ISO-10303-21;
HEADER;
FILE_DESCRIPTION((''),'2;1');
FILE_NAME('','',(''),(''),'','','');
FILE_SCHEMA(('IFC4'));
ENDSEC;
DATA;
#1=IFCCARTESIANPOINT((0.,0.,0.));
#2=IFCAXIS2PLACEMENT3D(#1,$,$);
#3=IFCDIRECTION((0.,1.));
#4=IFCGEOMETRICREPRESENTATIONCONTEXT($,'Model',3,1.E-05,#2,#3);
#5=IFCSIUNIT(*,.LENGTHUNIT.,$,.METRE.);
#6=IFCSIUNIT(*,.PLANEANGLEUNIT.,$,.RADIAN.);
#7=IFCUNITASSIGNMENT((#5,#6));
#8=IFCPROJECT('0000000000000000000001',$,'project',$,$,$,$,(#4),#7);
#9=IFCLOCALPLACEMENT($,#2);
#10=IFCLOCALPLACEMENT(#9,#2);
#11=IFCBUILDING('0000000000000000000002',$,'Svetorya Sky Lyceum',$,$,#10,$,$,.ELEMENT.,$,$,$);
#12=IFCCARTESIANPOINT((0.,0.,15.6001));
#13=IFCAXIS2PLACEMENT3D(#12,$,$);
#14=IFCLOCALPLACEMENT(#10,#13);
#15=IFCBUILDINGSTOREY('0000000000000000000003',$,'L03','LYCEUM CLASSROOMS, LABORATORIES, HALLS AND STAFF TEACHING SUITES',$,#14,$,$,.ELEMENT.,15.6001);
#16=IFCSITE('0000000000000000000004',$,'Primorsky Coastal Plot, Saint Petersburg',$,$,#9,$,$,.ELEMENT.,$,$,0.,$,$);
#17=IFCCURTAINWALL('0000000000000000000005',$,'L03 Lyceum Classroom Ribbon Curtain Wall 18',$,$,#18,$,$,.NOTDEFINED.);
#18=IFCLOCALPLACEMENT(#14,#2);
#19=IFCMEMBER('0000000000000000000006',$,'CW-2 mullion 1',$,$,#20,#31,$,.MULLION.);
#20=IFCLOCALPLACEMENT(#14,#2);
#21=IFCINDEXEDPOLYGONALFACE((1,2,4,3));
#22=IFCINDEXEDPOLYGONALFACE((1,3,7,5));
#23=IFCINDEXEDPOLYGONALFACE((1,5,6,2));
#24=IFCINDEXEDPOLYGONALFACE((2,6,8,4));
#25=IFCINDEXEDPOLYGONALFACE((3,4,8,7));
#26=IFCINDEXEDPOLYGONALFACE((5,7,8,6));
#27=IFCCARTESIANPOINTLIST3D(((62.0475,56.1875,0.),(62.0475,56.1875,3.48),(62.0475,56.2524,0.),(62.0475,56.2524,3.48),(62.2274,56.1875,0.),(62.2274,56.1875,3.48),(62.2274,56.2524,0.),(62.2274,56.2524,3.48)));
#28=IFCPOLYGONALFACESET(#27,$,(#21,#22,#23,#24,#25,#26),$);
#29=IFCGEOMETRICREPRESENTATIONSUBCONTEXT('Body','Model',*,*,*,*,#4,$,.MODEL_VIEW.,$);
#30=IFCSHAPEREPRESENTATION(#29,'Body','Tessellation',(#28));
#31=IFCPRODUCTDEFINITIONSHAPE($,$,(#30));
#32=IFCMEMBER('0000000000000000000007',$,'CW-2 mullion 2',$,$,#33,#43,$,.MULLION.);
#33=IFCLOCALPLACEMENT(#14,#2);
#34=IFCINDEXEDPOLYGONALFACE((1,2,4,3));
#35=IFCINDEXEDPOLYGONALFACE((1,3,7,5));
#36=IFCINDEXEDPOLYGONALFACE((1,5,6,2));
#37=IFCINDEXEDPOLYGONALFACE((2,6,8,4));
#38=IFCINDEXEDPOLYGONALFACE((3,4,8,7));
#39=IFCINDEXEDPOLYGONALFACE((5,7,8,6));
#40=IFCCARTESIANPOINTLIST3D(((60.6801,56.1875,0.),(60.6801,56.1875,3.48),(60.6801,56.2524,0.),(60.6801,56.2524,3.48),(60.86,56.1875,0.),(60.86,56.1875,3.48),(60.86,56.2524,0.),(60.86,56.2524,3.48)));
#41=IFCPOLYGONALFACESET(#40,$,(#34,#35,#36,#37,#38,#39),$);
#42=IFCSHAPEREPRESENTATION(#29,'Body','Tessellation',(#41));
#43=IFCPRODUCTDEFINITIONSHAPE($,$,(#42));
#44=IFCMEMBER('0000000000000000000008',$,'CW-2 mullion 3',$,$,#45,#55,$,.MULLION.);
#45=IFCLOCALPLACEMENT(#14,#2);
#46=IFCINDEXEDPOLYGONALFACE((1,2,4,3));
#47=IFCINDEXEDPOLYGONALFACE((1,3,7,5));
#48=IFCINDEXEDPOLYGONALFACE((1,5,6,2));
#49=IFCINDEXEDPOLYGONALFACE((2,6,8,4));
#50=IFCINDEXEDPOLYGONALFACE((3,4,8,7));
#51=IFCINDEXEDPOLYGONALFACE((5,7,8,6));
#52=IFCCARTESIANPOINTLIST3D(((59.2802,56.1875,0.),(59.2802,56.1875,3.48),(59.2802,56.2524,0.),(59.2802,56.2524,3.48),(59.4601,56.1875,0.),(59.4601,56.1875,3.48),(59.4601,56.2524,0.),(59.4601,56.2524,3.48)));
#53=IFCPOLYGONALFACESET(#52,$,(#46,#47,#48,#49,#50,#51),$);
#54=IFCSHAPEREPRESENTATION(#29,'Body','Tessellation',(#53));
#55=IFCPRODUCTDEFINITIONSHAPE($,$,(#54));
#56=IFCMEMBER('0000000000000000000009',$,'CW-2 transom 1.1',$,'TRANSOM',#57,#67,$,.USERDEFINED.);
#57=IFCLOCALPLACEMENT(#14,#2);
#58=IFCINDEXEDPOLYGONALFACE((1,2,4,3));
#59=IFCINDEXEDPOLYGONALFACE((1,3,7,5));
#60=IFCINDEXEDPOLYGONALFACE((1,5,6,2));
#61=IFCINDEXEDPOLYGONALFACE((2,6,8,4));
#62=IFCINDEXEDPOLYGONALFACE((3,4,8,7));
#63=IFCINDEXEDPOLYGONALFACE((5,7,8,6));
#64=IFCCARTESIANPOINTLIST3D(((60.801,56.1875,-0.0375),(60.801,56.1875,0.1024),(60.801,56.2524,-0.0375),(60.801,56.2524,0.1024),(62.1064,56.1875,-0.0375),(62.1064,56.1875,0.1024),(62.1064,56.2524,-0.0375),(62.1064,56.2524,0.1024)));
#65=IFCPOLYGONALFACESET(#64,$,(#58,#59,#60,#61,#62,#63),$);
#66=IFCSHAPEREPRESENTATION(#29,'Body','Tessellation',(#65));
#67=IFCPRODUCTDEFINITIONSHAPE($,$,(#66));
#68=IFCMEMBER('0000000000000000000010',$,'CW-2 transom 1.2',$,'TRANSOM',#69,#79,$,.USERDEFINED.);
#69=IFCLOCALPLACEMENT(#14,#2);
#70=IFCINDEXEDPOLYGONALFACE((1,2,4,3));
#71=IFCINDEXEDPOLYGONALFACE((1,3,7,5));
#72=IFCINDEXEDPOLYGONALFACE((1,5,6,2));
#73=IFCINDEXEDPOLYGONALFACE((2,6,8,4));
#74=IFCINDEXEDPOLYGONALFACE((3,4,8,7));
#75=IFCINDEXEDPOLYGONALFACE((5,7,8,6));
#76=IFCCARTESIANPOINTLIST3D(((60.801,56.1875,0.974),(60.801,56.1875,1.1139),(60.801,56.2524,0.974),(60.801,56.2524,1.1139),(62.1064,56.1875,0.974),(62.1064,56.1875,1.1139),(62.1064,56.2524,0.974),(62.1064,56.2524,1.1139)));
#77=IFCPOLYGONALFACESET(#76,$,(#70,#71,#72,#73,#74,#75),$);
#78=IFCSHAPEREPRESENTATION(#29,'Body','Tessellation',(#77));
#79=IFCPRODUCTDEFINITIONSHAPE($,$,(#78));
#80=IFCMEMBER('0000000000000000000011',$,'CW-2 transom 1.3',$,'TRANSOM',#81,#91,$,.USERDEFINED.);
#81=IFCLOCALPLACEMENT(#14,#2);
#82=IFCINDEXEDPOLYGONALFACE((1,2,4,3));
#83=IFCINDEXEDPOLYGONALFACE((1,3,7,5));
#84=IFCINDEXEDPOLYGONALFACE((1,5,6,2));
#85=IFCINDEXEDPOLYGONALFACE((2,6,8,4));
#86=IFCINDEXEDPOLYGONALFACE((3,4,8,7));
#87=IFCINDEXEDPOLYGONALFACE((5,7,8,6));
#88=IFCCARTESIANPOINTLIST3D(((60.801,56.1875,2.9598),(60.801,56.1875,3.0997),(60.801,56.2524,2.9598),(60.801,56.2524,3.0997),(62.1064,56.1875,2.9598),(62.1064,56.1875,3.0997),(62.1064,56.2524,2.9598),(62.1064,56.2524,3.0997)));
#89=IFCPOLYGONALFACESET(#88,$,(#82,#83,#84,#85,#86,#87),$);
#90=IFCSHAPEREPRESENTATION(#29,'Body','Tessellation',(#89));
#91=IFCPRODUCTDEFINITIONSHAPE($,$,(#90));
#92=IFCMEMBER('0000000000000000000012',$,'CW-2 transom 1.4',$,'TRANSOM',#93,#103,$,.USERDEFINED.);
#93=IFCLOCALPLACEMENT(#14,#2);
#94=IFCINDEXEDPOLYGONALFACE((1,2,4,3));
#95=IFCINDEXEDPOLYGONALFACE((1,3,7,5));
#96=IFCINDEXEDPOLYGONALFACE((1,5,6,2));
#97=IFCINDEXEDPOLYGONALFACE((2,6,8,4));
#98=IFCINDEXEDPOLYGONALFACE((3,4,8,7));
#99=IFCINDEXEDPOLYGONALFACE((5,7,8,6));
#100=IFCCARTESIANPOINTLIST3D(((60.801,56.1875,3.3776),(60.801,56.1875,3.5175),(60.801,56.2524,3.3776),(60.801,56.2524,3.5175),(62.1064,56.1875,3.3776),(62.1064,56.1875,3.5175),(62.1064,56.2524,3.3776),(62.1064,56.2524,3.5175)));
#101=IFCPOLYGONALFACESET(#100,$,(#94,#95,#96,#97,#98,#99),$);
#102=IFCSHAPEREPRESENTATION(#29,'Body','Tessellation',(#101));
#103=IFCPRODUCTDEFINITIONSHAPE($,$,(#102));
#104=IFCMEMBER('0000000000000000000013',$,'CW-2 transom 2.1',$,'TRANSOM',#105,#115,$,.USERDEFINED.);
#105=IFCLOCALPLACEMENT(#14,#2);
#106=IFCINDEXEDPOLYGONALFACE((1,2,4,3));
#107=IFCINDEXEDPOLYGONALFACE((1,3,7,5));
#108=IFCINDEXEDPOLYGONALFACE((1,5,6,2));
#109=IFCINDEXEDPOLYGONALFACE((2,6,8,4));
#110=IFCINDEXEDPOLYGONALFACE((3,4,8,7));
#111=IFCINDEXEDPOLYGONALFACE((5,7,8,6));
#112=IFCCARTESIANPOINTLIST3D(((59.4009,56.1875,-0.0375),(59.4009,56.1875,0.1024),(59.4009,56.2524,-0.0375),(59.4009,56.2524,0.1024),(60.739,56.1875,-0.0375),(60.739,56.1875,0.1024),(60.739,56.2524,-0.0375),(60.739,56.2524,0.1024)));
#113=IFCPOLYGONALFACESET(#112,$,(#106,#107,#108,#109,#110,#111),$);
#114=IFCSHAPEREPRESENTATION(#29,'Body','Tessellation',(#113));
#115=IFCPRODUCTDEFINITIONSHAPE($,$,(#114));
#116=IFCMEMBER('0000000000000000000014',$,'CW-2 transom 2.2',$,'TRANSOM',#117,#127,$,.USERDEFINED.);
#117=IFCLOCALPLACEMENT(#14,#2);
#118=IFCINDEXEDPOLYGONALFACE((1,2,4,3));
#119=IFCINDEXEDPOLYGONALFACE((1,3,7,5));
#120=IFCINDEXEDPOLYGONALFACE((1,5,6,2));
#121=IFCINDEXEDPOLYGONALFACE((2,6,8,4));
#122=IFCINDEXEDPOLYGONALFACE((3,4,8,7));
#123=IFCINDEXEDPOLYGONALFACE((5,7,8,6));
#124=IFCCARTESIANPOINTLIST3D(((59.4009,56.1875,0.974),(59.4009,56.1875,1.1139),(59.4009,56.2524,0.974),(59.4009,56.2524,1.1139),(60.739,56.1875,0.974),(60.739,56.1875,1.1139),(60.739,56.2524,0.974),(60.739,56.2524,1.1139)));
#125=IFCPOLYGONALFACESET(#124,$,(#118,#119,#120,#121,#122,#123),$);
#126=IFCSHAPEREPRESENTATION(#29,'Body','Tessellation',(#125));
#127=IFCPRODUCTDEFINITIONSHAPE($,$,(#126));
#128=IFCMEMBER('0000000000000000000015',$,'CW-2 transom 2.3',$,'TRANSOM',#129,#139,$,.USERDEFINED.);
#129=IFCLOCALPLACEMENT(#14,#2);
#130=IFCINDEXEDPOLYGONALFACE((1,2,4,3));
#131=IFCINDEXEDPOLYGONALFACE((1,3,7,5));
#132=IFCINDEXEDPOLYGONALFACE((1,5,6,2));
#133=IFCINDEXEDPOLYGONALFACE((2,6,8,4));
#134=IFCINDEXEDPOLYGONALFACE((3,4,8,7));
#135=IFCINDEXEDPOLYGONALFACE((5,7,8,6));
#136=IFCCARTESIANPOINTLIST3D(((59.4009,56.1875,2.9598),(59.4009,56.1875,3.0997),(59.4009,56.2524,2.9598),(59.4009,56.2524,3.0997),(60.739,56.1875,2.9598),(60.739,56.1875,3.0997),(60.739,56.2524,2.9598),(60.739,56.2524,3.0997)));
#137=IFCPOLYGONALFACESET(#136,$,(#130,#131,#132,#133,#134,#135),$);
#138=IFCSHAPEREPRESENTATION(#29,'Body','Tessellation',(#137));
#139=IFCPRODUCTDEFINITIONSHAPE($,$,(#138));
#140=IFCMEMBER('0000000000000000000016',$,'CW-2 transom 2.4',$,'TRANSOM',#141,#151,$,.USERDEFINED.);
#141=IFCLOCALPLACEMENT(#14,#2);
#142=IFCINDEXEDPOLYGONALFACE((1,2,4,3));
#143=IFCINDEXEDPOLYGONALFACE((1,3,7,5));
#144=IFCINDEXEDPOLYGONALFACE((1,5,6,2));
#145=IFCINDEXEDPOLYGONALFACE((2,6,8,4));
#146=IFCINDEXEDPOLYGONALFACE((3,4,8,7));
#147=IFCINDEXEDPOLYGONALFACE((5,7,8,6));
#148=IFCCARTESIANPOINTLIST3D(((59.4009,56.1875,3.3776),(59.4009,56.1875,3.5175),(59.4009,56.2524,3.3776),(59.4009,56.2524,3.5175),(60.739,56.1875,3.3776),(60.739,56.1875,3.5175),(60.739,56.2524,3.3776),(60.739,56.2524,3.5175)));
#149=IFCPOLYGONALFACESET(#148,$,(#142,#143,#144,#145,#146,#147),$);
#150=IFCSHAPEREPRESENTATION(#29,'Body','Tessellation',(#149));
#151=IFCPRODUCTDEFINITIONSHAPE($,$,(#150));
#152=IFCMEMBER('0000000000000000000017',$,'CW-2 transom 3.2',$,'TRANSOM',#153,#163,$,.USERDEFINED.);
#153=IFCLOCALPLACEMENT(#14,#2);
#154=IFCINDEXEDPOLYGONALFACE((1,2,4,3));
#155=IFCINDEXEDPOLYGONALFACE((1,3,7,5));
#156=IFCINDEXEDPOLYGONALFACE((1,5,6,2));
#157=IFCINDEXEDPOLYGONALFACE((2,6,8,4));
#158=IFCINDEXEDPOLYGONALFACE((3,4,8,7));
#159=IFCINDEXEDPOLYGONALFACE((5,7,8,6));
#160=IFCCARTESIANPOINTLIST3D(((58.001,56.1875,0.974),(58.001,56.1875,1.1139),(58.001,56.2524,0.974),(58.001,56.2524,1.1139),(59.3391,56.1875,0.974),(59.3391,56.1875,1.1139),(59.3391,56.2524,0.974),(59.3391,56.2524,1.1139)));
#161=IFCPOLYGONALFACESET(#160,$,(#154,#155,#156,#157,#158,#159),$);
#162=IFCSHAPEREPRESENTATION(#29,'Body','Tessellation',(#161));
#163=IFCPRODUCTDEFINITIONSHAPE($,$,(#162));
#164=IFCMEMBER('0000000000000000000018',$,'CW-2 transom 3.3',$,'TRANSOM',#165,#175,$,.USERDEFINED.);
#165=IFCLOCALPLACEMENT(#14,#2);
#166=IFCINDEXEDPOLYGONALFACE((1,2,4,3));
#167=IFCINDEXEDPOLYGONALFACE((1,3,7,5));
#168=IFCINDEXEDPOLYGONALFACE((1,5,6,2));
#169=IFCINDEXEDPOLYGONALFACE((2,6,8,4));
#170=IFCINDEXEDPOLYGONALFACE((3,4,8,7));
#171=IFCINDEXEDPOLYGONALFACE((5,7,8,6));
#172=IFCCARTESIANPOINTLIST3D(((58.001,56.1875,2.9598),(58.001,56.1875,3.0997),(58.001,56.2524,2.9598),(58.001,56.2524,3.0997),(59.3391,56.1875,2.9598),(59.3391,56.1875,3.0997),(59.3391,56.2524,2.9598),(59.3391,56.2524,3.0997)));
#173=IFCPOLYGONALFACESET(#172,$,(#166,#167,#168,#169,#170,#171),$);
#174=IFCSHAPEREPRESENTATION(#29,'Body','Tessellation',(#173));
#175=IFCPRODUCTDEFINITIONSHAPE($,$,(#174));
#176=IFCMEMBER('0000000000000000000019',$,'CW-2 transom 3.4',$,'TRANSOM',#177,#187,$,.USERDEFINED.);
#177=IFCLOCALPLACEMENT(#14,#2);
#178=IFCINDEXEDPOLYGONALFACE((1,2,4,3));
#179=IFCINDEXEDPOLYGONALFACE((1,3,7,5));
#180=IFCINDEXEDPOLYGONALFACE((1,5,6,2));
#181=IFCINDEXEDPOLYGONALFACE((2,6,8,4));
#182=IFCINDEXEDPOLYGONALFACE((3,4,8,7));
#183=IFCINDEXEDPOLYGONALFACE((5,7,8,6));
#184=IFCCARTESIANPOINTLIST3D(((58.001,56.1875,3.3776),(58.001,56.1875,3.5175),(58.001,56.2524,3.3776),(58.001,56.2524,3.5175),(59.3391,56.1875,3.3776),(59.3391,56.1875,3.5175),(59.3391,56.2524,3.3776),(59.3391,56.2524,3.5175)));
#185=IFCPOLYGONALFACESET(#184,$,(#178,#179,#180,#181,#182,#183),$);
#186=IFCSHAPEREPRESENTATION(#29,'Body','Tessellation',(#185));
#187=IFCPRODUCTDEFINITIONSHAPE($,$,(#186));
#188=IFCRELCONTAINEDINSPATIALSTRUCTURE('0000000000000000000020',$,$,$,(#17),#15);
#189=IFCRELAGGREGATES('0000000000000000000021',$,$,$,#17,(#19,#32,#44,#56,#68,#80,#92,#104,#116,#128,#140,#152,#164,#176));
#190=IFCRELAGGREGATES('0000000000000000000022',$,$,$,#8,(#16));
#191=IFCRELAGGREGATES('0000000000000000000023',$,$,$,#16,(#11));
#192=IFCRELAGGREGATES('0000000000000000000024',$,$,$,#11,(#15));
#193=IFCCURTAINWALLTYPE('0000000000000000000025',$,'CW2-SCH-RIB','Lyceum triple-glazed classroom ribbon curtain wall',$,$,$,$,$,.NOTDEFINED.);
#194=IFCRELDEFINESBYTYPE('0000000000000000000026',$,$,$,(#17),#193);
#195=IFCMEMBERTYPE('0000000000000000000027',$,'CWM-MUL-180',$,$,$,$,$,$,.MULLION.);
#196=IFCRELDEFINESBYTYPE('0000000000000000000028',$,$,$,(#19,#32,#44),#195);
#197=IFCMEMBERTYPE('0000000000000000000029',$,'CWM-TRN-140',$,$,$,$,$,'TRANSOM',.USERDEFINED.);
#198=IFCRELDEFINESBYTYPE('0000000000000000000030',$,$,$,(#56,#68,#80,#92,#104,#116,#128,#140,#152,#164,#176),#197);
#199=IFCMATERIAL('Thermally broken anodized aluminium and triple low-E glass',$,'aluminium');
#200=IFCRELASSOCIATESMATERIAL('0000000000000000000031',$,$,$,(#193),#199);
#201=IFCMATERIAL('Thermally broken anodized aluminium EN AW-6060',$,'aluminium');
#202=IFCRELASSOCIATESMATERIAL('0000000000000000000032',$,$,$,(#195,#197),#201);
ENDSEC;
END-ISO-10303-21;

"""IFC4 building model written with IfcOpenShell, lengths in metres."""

from ifc_helpers import new_model, si_unit, direction, frame, origin, origin_2d, place, context, subcontext, project, spatial, rectangle, extrude, material, material_profile, profile_set, type_object, element, aggregate, save


model = new_model("IFC4")

# Units and contexts
model_context = context("Model", 3, precision=1e-05, world=origin(), true_north=direction((0.0, 1.0)))
body_context = subcontext(model_context, "Body", "Model", "MODEL_VIEW")
ifc_project = project(units=[si_unit("LENGTHUNIT", "METRE"), si_unit("PLANEANGLEUNIT", "RADIAN")], contexts=[model_context])

# Site, building, storey
site_placement = place(None, origin())
site = spatial("IfcSite", under=ifc_project, at=site_placement, Name="Primorsky Coastal Plot, Saint Petersburg", CompositionType="ELEMENT", RefElevation=0.0)
building_placement = place(site_placement, origin())
building = spatial("IfcBuilding", under=site, at=building_placement, Name="Svetorya Sky Lyceum", CompositionType="ELEMENT")
storey_placement = place(building_placement, frame((0.0, 0.0, 15.6001)))
storey = spatial("IfcBuildingStorey", under=building, at=storey_placement, Name="L03", Description="LYCEUM CLASSROOMS, LABORATORIES, HALLS AND STAFF TEACHING SUITES", CompositionType="ELEMENT", Elevation=15.6001)

# Curtain wall, members
ifc_material_1 = material(Name="Thermally broken anodized aluminium and triple low-E glass", Category="aluminium")
curtain_wall_type = type_object("IfcCurtainWallType", Name="CW2-SCH-RIB", Description="Lyceum triple-glazed classroom ribbon curtain wall", PredefinedType="NOTDEFINED", material=ifc_material_1)
curtain_wall_placement = place(storey_placement, origin())
curtain_wall = element("IfcCurtainWall", 1, at=curtain_wall_placement, inside=storey, type_object=curtain_wall_type, Name="L03 Lyceum Classroom Ribbon Curtain Wall 18", PredefinedType="NOTDEFINED")
ifc_material_2 = material(Name="Thermally broken anodized aluminium EN AW-6060", Category="aluminium")
ifc_material_profile_1 = material_profile(ifc_material_2, rectangle(XDim=0.0649, YDim=0.1799, at=origin_2d()), Name="ALU MULLION 65x180")
ifc_profile_set_1 = profile_set([ifc_material_profile_1], Name="Thermally broken anodized aluminium EN AW-6060")
member_type_1 = type_object("IfcMemberType", Name="CWM-MUL-180", PredefinedType="MULLION", material=ifc_profile_set_1)
member_1_placement = place(storey_placement, frame((62.1375, 56.22, 0.0), z_axis=(0.0, 0.0, 1.0), x_axis=(0.0, -1.0, 0.0)))
member_1 = element("IfcMember", 2, at=member_1_placement, type_object=member_type_1, Name="CW-2 mullion 1", PredefinedType="MULLION", context=body_context, shape_type="SweptSolid", body=[
    extrude(rectangle(XDim=0.0649, YDim=0.1799, at=origin_2d()), origin(), (0.0, 0.0, 1.0), 3.48),
])
member_2_placement = place(storey_placement, frame((60.77, 56.22, 0.0), z_axis=(0.0, 0.0, 1.0), x_axis=(0.0, -1.0, 0.0)))
member_2 = element("IfcMember", 3, at=member_2_placement, type_object=member_type_1, Name="CW-2 mullion 2", PredefinedType="MULLION", context=body_context, shape_type="SweptSolid", body=[
    extrude(rectangle(XDim=0.0649, YDim=0.1799, at=origin_2d()), origin(), (0.0, 0.0, 1.0), 3.48),
])
member_3_placement = place(storey_placement, frame((59.3701, 56.22, 0.0), z_axis=(0.0, 0.0, 1.0), x_axis=(0.0, -1.0, 0.0)))
member_3 = element("IfcMember", 4, at=member_3_placement, type_object=member_type_1, Name="CW-2 mullion 3", PredefinedType="MULLION", context=body_context, shape_type="SweptSolid", body=[
    extrude(rectangle(XDim=0.0649, YDim=0.1799, at=origin_2d()), origin(), (0.0, 0.0, 1.0), 3.48),
])
ifc_material_profile_2 = material_profile(ifc_material_2, rectangle(XDim=0.0649, YDim=0.1399, at=origin_2d()), Name="ALU TRANSOM 65x140")
ifc_profile_set_2 = profile_set([ifc_material_profile_2], Name="Thermally broken anodized aluminium EN AW-6060")
member_type_2 = type_object("IfcMemberType", Name="CWM-TRN-140", ElementType="TRANSOM", PredefinedType="USERDEFINED", material=ifc_profile_set_2)
member_4_placement = place(storey_placement, frame((62.1064, 56.22, 0.0325), z_axis=(-1.0, 0.0, 0.0), x_axis=(0.0, -1.0, 0.0)))
member_4 = element("IfcMember", 5, at=member_4_placement, type_object=member_type_2, Name="CW-2 transom 1.1", ObjectType="TRANSOM", PredefinedType="USERDEFINED", context=body_context, shape_type="SweptSolid", body=[
    extrude(rectangle(XDim=0.0649, YDim=0.1399, at=origin_2d()), origin(), (0.0, 0.0, 1.0), 1.3054),
])
member_5_placement = place(storey_placement, frame((62.1064, 56.22, 1.0439), z_axis=(-1.0, 0.0, 0.0), x_axis=(0.0, -1.0, 0.0)))
member_5 = element("IfcMember", 6, at=member_5_placement, type_object=member_type_2, Name="CW-2 transom 1.2", ObjectType="TRANSOM", PredefinedType="USERDEFINED", context=body_context, shape_type="SweptSolid", body=[
    extrude(rectangle(XDim=0.0649, YDim=0.1399, at=origin_2d()), origin(), (0.0, 0.0, 1.0), 1.3054),
])
member_6_placement = place(storey_placement, frame((62.1064, 56.22, 3.0298), z_axis=(-1.0, 0.0, 0.0), x_axis=(0.0, -1.0, 0.0)))
member_6 = element("IfcMember", 7, at=member_6_placement, type_object=member_type_2, Name="CW-2 transom 1.3", ObjectType="TRANSOM", PredefinedType="USERDEFINED", context=body_context, shape_type="SweptSolid", body=[
    extrude(rectangle(XDim=0.0649, YDim=0.1399, at=origin_2d()), origin(), (0.0, 0.0, 1.0), 1.3054),
])
member_7_placement = place(storey_placement, frame((62.1064, 56.22, 3.4475), z_axis=(-1.0, 0.0, 0.0), x_axis=(0.0, -1.0, 0.0)))
member_7 = element("IfcMember", 8, at=member_7_placement, type_object=member_type_2, Name="CW-2 transom 1.4", ObjectType="TRANSOM", PredefinedType="USERDEFINED", context=body_context, shape_type="SweptSolid", body=[
    extrude(rectangle(XDim=0.0649, YDim=0.1399, at=origin_2d()), origin(), (0.0, 0.0, 1.0), 1.3054),
])
member_8_placement = place(storey_placement, frame((60.739, 56.22, 0.0325), z_axis=(-1.0, 0.0, 0.0), x_axis=(0.0, -1.0, 0.0)))
member_8 = element("IfcMember", 9, at=member_8_placement, type_object=member_type_2, Name="CW-2 transom 2.1", ObjectType="TRANSOM", PredefinedType="USERDEFINED", context=body_context, shape_type="SweptSolid", body=[
    extrude(rectangle(XDim=0.0649, YDim=0.1399, at=origin_2d()), origin(), (0.0, 0.0, 1.0), 1.3381),
])
member_9_placement = place(storey_placement, frame((60.739, 56.22, 1.0439), z_axis=(-1.0, 0.0, 0.0), x_axis=(0.0, -1.0, 0.0)))
member_9 = element("IfcMember", 10, at=member_9_placement, type_object=member_type_2, Name="CW-2 transom 2.2", ObjectType="TRANSOM", PredefinedType="USERDEFINED", context=body_context, shape_type="SweptSolid", body=[
    extrude(rectangle(XDim=0.0649, YDim=0.1399, at=origin_2d()), origin(), (0.0, 0.0, 1.0), 1.3381),
])
member_10_placement = place(storey_placement, frame((60.739, 56.22, 3.0298), z_axis=(-1.0, 0.0, 0.0), x_axis=(0.0, -1.0, 0.0)))
member_10 = element("IfcMember", 11, at=member_10_placement, type_object=member_type_2, Name="CW-2 transom 2.3", ObjectType="TRANSOM", PredefinedType="USERDEFINED", context=body_context, shape_type="SweptSolid", body=[
    extrude(rectangle(XDim=0.0649, YDim=0.1399, at=origin_2d()), origin(), (0.0, 0.0, 1.0), 1.3381),
])
member_11_placement = place(storey_placement, frame((60.739, 56.22, 3.4475), z_axis=(-1.0, 0.0, 0.0), x_axis=(0.0, -1.0, 0.0)))
member_11 = element("IfcMember", 12, at=member_11_placement, type_object=member_type_2, Name="CW-2 transom 2.4", ObjectType="TRANSOM", PredefinedType="USERDEFINED", context=body_context, shape_type="SweptSolid", body=[
    extrude(rectangle(XDim=0.0649, YDim=0.1399, at=origin_2d()), origin(), (0.0, 0.0, 1.0), 1.3381),
])
member_12_placement = place(storey_placement, frame((59.3391, 56.22, 1.0439), z_axis=(-1.0, 0.0, 0.0), x_axis=(0.0, -1.0, 0.0)))
member_12 = element("IfcMember", 13, at=member_12_placement, type_object=member_type_2, Name="CW-2 transom 3.2", ObjectType="TRANSOM", PredefinedType="USERDEFINED", context=body_context, shape_type="SweptSolid", body=[
    extrude(rectangle(XDim=0.0649, YDim=0.1399, at=origin_2d()), origin(), (0.0, 0.0, 1.0), 1.3381),
])
member_13_placement = place(storey_placement, frame((59.3391, 56.22, 3.0298), z_axis=(-1.0, 0.0, 0.0), x_axis=(0.0, -1.0, 0.0)))
member_13 = element("IfcMember", 14, at=member_13_placement, type_object=member_type_2, Name="CW-2 transom 3.3", ObjectType="TRANSOM", PredefinedType="USERDEFINED", context=body_context, shape_type="SweptSolid", body=[
    extrude(rectangle(XDim=0.0649, YDim=0.1399, at=origin_2d()), origin(), (0.0, 0.0, 1.0), 1.3381),
])
member_14_placement = place(storey_placement, frame((59.3391, 56.22, 3.4475), z_axis=(-1.0, 0.0, 0.0), x_axis=(0.0, -1.0, 0.0)))
member_14 = element("IfcMember", 15, at=member_14_placement, type_object=member_type_2, Name="CW-2 transom 3.4", ObjectType="TRANSOM", PredefinedType="USERDEFINED", context=body_context, shape_type="SweptSolid", body=[
    extrude(rectangle(XDim=0.0649, YDim=0.1399, at=origin_2d()), origin(), (0.0, 0.0, 1.0), 1.3381),
])
aggregate(curtain_wall, [member_1, member_2, member_3, member_4, member_5, member_6, member_7, member_8, member_9, member_10, member_11, member_12, member_13, member_14])

save(model, "model.ifc")
